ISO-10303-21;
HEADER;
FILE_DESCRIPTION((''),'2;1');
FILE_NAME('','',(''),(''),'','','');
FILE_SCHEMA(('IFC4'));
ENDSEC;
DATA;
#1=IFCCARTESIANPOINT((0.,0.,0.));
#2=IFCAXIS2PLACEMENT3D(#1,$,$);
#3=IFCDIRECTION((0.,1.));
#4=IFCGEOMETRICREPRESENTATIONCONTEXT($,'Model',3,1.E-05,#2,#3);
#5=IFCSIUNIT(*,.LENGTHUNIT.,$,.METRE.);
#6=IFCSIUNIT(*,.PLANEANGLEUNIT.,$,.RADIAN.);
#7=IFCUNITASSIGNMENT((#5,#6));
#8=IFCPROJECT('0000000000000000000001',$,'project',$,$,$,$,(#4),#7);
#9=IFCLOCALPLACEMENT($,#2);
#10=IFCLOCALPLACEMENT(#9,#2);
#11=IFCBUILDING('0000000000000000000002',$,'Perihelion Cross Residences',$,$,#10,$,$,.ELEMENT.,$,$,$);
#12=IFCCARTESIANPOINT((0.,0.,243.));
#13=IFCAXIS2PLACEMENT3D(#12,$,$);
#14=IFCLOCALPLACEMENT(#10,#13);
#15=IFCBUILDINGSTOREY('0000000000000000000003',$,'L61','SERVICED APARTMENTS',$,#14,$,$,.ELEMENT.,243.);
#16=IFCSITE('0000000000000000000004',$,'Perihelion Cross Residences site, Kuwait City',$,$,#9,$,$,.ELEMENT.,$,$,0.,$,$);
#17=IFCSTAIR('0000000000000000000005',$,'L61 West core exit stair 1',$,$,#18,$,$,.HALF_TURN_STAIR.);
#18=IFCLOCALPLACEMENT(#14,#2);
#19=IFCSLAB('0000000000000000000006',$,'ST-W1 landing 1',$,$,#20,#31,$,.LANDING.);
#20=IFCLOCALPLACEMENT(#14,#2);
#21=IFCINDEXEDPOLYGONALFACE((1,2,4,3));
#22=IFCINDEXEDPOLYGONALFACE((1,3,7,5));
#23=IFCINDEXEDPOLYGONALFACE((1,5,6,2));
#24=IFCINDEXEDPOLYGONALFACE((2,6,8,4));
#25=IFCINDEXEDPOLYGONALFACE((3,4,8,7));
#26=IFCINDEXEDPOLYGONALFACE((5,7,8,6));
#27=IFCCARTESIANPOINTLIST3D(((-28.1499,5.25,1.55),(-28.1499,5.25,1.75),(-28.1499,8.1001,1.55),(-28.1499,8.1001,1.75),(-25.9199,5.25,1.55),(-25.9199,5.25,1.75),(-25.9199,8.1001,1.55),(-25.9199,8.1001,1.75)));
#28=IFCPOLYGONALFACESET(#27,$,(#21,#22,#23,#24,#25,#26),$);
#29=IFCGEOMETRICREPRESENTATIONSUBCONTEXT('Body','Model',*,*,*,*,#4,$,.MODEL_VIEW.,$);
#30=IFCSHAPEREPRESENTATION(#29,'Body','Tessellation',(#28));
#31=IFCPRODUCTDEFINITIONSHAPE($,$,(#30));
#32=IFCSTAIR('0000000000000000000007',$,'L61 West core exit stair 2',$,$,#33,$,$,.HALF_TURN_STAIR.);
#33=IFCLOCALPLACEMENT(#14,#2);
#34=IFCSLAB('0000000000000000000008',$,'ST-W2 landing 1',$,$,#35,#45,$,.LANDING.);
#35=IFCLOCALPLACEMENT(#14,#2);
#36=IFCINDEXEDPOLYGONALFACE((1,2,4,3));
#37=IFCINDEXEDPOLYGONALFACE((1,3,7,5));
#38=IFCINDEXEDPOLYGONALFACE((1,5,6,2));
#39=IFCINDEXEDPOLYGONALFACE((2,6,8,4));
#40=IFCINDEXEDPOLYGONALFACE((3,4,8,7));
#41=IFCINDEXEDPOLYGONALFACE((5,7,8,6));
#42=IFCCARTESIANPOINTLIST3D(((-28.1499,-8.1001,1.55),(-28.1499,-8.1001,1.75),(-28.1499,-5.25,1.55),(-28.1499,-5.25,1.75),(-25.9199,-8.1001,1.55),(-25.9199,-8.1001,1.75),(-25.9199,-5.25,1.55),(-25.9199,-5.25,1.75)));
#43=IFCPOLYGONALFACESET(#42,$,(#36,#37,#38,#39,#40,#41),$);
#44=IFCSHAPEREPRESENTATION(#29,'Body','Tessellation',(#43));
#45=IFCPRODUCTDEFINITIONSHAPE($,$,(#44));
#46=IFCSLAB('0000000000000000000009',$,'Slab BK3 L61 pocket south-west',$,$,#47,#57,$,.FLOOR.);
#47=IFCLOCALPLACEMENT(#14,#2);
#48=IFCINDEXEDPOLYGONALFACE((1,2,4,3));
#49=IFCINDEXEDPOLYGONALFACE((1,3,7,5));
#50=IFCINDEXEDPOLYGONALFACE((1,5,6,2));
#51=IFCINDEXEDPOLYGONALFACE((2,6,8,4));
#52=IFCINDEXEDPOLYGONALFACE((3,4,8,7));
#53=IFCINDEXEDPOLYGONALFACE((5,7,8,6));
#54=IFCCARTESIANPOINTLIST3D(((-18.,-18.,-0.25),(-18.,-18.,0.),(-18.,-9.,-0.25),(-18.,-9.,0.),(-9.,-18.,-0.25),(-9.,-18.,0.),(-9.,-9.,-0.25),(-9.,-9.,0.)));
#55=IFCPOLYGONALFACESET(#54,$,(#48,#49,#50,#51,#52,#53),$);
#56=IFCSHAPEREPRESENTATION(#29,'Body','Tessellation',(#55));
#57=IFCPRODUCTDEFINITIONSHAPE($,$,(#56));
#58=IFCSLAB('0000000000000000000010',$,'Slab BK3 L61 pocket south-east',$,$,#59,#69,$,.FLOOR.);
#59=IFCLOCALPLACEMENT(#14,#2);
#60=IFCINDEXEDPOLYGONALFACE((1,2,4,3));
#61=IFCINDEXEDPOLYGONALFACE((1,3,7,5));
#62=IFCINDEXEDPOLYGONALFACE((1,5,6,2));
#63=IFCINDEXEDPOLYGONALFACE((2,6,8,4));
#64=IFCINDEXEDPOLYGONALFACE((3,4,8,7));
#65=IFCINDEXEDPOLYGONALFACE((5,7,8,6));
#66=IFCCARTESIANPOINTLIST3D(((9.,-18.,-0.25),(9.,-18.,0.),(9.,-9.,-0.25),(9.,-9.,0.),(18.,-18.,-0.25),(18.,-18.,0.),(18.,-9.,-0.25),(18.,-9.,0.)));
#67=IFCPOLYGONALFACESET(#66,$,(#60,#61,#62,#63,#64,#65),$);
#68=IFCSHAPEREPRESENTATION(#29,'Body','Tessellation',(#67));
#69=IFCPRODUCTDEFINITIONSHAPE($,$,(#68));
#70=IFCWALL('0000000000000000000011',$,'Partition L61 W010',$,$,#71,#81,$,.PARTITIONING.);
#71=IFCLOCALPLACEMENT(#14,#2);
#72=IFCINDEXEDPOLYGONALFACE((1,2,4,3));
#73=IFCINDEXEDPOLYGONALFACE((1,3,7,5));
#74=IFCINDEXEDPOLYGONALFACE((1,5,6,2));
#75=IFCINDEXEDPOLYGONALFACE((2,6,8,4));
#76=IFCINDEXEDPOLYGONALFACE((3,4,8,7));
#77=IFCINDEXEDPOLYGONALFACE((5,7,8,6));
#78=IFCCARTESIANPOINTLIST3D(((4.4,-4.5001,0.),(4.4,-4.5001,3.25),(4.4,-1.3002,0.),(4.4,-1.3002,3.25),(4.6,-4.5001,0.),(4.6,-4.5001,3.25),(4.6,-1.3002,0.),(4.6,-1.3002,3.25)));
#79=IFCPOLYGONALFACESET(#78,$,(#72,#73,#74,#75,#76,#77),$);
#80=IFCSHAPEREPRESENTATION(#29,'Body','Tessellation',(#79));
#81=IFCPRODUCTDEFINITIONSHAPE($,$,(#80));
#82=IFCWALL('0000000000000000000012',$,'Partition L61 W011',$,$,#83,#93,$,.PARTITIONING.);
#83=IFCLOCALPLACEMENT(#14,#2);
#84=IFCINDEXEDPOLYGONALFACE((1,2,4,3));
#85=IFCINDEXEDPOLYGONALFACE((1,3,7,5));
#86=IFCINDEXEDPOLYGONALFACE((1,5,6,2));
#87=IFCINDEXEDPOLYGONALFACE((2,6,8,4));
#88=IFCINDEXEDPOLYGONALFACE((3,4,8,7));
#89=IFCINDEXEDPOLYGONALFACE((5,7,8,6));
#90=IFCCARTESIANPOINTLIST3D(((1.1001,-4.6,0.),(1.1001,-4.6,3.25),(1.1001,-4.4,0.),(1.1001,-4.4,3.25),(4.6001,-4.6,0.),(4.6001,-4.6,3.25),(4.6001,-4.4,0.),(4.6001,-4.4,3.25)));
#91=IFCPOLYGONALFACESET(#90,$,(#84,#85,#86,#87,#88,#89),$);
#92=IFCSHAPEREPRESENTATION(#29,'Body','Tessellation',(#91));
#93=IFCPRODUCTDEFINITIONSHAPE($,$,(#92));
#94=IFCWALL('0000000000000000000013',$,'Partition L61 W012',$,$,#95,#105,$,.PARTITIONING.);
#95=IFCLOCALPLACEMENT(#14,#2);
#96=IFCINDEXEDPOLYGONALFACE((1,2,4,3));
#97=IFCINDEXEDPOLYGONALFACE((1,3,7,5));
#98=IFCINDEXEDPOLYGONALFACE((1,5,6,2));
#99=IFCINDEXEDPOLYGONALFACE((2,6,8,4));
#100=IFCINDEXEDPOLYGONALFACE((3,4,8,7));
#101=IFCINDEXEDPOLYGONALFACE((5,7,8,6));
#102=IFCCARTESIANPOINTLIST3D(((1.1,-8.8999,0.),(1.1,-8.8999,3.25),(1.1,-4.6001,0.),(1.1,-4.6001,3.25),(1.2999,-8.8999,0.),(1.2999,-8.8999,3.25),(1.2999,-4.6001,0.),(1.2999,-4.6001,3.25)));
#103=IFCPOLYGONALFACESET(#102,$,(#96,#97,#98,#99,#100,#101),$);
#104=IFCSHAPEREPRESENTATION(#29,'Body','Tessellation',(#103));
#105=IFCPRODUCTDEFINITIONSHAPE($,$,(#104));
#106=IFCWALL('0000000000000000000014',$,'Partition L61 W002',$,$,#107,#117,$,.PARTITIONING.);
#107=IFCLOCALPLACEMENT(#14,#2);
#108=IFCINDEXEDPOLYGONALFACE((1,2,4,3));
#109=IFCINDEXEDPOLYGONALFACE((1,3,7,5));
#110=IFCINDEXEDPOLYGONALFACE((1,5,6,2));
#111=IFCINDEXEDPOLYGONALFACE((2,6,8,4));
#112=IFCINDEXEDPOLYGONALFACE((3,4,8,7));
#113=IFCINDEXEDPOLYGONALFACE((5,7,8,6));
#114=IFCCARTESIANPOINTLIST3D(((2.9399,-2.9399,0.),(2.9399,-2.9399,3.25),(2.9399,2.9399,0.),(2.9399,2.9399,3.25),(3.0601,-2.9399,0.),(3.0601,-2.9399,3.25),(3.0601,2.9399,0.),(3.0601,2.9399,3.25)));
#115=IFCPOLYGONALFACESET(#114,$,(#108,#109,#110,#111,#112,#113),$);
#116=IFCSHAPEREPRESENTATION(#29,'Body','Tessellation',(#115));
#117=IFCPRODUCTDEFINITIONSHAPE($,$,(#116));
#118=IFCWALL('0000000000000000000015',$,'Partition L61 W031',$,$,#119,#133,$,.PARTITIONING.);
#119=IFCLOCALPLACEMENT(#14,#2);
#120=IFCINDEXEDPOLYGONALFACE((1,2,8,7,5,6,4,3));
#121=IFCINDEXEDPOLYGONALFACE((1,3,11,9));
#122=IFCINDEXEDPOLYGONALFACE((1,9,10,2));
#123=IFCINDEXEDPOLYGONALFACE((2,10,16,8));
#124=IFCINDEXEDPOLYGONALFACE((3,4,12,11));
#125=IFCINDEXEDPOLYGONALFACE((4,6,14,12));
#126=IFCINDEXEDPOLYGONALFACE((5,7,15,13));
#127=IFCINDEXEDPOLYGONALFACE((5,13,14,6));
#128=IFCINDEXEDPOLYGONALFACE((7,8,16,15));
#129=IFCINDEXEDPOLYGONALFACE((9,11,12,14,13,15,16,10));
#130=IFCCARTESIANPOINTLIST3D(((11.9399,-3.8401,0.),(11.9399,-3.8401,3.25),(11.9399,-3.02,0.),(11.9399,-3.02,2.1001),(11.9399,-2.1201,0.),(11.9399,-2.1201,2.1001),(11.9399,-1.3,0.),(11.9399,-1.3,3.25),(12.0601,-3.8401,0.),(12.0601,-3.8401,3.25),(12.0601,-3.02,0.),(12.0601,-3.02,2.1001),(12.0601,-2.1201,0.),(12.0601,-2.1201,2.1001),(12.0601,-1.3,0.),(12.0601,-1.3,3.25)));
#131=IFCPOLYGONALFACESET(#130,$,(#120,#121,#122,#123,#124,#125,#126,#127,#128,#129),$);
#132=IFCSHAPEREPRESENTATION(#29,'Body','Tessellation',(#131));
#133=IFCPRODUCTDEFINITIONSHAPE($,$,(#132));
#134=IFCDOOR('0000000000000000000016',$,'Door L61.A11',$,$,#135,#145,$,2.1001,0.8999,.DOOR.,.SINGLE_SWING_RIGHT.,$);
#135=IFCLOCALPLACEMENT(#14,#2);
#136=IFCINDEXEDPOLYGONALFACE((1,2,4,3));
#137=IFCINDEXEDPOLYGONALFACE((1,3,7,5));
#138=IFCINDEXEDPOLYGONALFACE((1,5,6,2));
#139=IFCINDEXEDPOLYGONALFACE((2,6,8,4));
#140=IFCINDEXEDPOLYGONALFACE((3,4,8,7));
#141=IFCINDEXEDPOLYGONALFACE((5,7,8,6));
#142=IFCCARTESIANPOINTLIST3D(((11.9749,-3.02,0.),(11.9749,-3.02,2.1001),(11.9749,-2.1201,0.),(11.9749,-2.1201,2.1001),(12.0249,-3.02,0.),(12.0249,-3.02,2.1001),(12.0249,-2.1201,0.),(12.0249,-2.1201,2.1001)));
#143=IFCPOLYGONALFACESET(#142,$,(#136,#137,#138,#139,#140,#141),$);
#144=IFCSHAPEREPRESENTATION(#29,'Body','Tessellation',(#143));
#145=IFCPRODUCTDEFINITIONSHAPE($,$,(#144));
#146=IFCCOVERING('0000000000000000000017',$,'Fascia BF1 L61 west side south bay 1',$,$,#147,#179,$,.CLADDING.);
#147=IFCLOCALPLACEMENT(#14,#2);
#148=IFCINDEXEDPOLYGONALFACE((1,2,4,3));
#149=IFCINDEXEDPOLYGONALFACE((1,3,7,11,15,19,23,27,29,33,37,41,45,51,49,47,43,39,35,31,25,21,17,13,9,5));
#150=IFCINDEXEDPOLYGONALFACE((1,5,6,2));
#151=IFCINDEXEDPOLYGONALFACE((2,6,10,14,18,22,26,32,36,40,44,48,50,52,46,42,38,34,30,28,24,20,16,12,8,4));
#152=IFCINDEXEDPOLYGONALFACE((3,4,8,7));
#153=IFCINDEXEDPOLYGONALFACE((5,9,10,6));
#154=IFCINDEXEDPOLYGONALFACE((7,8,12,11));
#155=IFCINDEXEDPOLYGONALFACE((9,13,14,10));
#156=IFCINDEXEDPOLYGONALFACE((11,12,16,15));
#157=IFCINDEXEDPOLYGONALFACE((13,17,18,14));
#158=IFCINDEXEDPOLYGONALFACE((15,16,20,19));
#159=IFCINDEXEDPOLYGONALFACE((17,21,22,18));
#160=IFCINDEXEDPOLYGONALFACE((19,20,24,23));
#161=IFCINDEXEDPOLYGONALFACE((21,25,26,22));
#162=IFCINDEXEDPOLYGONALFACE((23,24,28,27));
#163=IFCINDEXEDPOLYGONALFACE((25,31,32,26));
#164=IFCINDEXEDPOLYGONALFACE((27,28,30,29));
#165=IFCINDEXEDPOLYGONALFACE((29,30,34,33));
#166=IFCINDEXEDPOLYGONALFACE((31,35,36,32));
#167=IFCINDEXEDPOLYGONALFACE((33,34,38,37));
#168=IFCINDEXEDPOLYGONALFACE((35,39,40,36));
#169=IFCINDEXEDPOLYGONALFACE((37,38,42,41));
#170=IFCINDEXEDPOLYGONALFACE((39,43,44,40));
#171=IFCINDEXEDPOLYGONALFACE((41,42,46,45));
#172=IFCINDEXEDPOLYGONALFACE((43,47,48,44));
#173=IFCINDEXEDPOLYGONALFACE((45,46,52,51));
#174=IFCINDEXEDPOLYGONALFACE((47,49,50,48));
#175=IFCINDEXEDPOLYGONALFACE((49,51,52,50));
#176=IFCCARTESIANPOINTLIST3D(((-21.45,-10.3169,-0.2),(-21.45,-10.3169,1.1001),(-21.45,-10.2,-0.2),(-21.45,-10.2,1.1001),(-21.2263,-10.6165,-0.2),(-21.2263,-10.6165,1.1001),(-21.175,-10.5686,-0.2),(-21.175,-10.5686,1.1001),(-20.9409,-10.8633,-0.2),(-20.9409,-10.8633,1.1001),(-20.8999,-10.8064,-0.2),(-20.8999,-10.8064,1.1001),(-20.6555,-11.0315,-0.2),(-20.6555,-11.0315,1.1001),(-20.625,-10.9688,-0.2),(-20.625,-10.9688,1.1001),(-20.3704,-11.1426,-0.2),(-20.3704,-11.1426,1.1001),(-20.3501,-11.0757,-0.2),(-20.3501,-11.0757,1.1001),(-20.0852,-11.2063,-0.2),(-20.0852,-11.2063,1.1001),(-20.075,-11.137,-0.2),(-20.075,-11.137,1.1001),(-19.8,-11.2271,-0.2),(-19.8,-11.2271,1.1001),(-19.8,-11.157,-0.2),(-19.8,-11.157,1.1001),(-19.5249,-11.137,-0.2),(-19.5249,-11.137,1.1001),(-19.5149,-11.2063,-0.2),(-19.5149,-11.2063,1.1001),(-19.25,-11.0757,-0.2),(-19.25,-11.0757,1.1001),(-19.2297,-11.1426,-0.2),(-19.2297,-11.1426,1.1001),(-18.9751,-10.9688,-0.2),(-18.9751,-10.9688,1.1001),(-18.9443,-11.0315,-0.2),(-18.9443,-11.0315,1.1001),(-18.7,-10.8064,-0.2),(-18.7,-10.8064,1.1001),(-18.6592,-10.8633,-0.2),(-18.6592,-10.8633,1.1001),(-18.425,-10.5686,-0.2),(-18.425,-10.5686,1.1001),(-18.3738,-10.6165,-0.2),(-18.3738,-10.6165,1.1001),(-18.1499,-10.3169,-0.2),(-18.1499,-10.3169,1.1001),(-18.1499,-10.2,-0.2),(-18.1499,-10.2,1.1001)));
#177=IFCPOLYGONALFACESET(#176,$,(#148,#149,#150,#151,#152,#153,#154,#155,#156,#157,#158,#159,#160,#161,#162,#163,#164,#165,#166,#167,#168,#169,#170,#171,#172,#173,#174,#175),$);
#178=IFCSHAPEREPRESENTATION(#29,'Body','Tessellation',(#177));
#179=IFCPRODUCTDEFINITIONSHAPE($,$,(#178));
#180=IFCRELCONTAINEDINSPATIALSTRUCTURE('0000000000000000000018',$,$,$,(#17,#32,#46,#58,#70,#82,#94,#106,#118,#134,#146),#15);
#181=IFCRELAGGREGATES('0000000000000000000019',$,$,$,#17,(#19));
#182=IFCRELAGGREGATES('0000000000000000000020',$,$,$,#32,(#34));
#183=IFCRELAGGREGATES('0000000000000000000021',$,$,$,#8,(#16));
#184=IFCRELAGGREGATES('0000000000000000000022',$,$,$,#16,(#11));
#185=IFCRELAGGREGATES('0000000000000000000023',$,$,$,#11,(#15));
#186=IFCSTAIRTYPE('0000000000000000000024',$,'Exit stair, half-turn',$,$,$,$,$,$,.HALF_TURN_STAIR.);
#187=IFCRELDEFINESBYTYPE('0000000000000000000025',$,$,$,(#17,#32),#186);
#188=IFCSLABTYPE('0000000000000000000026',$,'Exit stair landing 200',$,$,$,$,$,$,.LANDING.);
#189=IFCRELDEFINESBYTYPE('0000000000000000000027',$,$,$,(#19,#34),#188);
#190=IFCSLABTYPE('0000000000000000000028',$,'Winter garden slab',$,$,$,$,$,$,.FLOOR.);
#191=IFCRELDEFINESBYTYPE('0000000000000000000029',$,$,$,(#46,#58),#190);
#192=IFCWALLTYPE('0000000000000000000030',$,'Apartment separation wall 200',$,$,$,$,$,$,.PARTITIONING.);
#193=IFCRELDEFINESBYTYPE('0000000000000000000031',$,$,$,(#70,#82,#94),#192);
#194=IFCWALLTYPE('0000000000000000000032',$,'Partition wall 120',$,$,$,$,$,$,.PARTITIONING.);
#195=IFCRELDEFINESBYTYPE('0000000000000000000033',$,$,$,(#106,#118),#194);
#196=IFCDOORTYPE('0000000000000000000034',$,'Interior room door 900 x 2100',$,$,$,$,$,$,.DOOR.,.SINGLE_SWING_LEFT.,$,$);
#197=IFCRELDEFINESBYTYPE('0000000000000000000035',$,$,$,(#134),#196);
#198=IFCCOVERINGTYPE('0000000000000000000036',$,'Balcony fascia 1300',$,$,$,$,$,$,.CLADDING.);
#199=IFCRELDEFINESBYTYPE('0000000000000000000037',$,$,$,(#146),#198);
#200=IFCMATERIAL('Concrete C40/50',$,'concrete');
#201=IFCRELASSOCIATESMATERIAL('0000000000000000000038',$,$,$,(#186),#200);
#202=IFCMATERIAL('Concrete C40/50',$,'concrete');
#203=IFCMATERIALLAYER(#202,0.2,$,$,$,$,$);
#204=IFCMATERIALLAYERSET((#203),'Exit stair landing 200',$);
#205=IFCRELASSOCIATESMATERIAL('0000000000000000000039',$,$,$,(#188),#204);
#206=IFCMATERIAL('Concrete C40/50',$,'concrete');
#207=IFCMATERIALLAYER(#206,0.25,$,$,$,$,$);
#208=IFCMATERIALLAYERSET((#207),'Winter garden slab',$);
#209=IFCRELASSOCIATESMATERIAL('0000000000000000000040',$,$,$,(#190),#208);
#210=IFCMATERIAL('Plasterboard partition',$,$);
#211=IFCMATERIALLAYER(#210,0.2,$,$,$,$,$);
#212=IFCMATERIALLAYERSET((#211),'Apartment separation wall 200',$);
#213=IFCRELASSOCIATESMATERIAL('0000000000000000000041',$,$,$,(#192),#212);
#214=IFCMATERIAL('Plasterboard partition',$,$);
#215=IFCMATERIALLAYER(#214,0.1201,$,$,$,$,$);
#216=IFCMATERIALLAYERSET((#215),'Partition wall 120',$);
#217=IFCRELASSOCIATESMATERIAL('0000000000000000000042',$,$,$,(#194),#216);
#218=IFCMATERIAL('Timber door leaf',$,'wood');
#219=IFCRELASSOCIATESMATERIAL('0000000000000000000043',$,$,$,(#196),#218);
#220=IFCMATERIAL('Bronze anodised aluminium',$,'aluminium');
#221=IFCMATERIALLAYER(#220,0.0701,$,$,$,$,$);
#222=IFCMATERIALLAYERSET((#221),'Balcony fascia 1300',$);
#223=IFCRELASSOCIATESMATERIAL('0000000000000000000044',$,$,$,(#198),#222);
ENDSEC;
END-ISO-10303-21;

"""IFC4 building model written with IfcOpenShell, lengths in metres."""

from ifc_helpers import new_model, si_unit, direction, frame, frame_2d, origin, place, context, subcontext, project, spatial, polyline, rectangle, outline, extrude, material, layer, layer_set, type_object, element, fill, aggregate, save


model = new_model("IFC4")

# Units and contexts
model_context = context("Model", 3, precision=1e-05, world=origin(), true_north=direction((0.0, 1.0)))
body_context = subcontext(model_context, "Body", "Model", "MODEL_VIEW")
ifc_project = project(units=[si_unit("LENGTHUNIT", "METRE"), si_unit("PLANEANGLEUNIT", "RADIAN")], contexts=[model_context])

# Site, building, storey
site_placement = place(None, origin())
site = spatial("IfcSite", under=ifc_project, at=site_placement, Name="Perihelion Cross Residences site, Kuwait City", CompositionType="ELEMENT", RefElevation=0.0)
building_placement = place(site_placement, origin())
building = spatial("IfcBuilding", under=site, at=building_placement, Name="Perihelion Cross Residences", CompositionType="ELEMENT")
storey_placement = place(building_placement, frame((0.0, 0.0, 243.0)))
storey = spatial("IfcBuildingStorey", under=building, at=storey_placement, Name="L61", Description="SERVICED APARTMENTS", CompositionType="ELEMENT", Elevation=243.0)

# Stairs, slabs
ifc_material_1 = material(Name="Concrete C40/50", Category="concrete")
stair_type = type_object("IfcStairType", Name="Exit stair, half-turn", PredefinedType="HALF_TURN_STAIR", material=ifc_material_1)
ifc_material_2 = material(Name="Concrete C40/50", Category="concrete")
ifc_layer_1 = layer(ifc_material_2, 0.2)
ifc_layer_set_1 = layer_set([ifc_layer_1], Name="Exit stair landing 200")
slab_type_1 = type_object("IfcSlabType", Name="Exit stair landing 200", PredefinedType="LANDING", material=ifc_layer_set_1)
stair_1_placement = place(storey_placement, origin())
stair_1 = element("IfcStair", 1, at=stair_1_placement, inside=storey, type_object=stair_type, Name="L61 West core exit stair 1", PredefinedType="HALF_TURN_STAIR")
slab_1_placement = place(storey_placement, frame((0.0, 0.0, 1.55)))
slab_1 = element("IfcSlab", 2, at=slab_1_placement, type_object=slab_type_1, Name="ST-W1 landing 1", PredefinedType="LANDING", context=body_context, shape_type="SweptSolid", body=[
    extrude(outline(polyline([(-25.9199, 8.1001), (-28.1499, 8.1001), (-28.1499, 5.25), (-25.9199, 5.25), (-25.9199, 8.1001)])), origin(), (0.0, 0.0, 1.0), 0.2),
])
aggregate(stair_1, [slab_1])
stair_2_placement = place(storey_placement, origin())
stair_2 = element("IfcStair", 3, at=stair_2_placement, inside=storey, type_object=stair_type, Name="L61 West core exit stair 2", PredefinedType="HALF_TURN_STAIR")
slab_2_placement = place(storey_placement, frame((0.0, 0.0, 1.55)))
slab_2 = element("IfcSlab", 4, at=slab_2_placement, type_object=slab_type_1, Name="ST-W2 landing 1", PredefinedType="LANDING", context=body_context, shape_type="SweptSolid", body=[
    extrude(outline(polyline([(-25.9199, -5.25), (-28.1499, -5.25), (-28.1499, -8.1001), (-25.9199, -8.1001), (-25.9199, -5.25)])), origin(), (0.0, 0.0, 1.0), 0.2),
])
aggregate(stair_2, [slab_2])

# Slabs
ifc_material_3 = material(Name="Concrete C40/50", Category="concrete")
ifc_layer_2 = layer(ifc_material_3, 0.25)
ifc_layer_set_2 = layer_set([ifc_layer_2], Name="Winter garden slab")
slab_type_2 = type_object("IfcSlabType", Name="Winter garden slab", PredefinedType="FLOOR", material=ifc_layer_set_2)
slab_3_placement = place(storey_placement, frame((0.0, 0.0, -0.25)))
element("IfcSlab", 5, at=slab_3_placement, inside=storey, type_object=slab_type_2, Name="Slab BK3 L61 pocket south-west", PredefinedType="FLOOR", context=body_context, shape_type="SweptSolid", body=[
    extrude(outline(polyline([(-9.0, -18.0), (-9.0, -9.0), (-18.0, -9.0), (-18.0, -18.0), (-9.0, -18.0)])), origin(), (0.0, 0.0, 1.0), 0.25),
])
slab_4_placement = place(storey_placement, frame((0.0, 0.0, -0.25)))
element("IfcSlab", 6, at=slab_4_placement, inside=storey, type_object=slab_type_2, Name="Slab BK3 L61 pocket south-east", PredefinedType="FLOOR", context=body_context, shape_type="SweptSolid", body=[
    extrude(outline(polyline([(18.0, -18.0), (18.0, -9.0), (9.0, -9.0), (9.0, -18.0), (18.0, -18.0)])), origin(), (0.0, 0.0, 1.0), 0.25),
])

# Walls
ifc_material_4 = material(Name="Plasterboard partition")
ifc_layer_3 = layer(ifc_material_4, 0.2)
ifc_layer_set_3 = layer_set([ifc_layer_3], Name="Apartment separation wall 200")
wall_type_1 = type_object("IfcWallType", Name="Apartment separation wall 200", PredefinedType="PARTITIONING", material=ifc_layer_set_3)
wall_1_placement = place(storey_placement, frame((4.5, -1.3, 0.0), z_axis=(0.0, 0.0, 1.0), x_axis=(0.0, -1.0, 0.0)))
element("IfcWall", 7, at=wall_1_placement, inside=storey, type_object=wall_type_1, Name="Partition L61 W010", PredefinedType="PARTITIONING", context=body_context, shape_type="SweptSolid", body=[
    extrude(rectangle(XDim=3.2, YDim=0.2, at=frame_2d((1.6001, 0.0))), origin(), (0.0, 0.0, 1.0), 3.25),
])
wall_2_placement = place(storey_placement, frame((4.6001, -4.5, 0.0), z_axis=(0.0, 0.0, 1.0), x_axis=(-1.0, 0.0, 0.0)))
element("IfcWall", 8, at=wall_2_placement, inside=storey, type_object=wall_type_1, Name="Partition L61 W011", PredefinedType="PARTITIONING", context=body_context, shape_type="SweptSolid", body=[
    extrude(rectangle(XDim=3.5, YDim=0.2, at=frame_2d((1.75, 0.0))), origin(), (0.0, 0.0, 1.0), 3.25),
])
wall_3_placement = place(storey_placement, frame((1.2, -4.6001, 0.0), z_axis=(0.0, 0.0, 1.0), x_axis=(0.0, -1.0, 0.0)))
element("IfcWall", 9, at=wall_3_placement, inside=storey, type_object=wall_type_1, Name="Partition L61 W012", PredefinedType="PARTITIONING", context=body_context, shape_type="SweptSolid", body=[
    extrude(rectangle(XDim=4.2998, YDim=0.2, at=frame_2d((2.1499, 0.0))), origin(), (0.0, 0.0, 1.0), 3.25),
])
ifc_material_5 = material(Name="Plasterboard partition")
ifc_layer_4 = layer(ifc_material_5, 0.1201)
ifc_layer_set_4 = layer_set([ifc_layer_4], Name="Partition wall 120")
wall_type_2 = type_object("IfcWallType", Name="Partition wall 120", PredefinedType="PARTITIONING", material=ifc_layer_set_4)
wall_4_placement = place(storey_placement, frame((3.0, -2.9399, 0.0), z_axis=(0.0, 0.0, 1.0), x_axis=(0.0, 1.0, 0.0)))
element("IfcWall", 10, at=wall_4_placement, inside=storey, type_object=wall_type_2, Name="Partition L61 W002", PredefinedType="PARTITIONING", context=body_context, shape_type="SweptSolid", body=[
    extrude(rectangle(XDim=5.8799, YDim=0.1201, at=frame_2d((2.9399, 0.0))), origin(), (0.0, 0.0, 1.0), 3.25),
])

# Wall, opening, door
wall_5_placement = place(storey_placement, frame((12.0, -1.3, 0.0), z_axis=(0.0, 0.0, 1.0), x_axis=(0.0, -1.0, 0.0)))
wall_5 = element("IfcWall", 11, at=wall_5_placement, inside=storey, type_object=wall_type_2, Name="Partition L61 W031", PredefinedType="PARTITIONING", context=body_context, shape_type="SweptSolid", body=[
    extrude(rectangle(XDim=2.54, YDim=0.1201, at=frame_2d((1.27, 0.0))), origin(), (0.0, 0.0, 1.0), 3.25),
])
opening_placement = place(wall_5_placement, frame((0.8201, 0.0, 0.0)))
opening = element("IfcOpeningElement", 12, at=opening_placement, cuts=wall_5, PredefinedType="OPENING", context=body_context, shape_type="SweptSolid", body=[
    extrude(rectangle(XDim=0.8999, YDim=2.1001, at=frame_2d((0.45, 1.05))), frame((0.0, 0.0701, 0.0), z_axis=(0.0, -1.0, 0.0), x_axis=(1.0, 0.0, 0.0)), (0.0, 0.0, 1.0), 0.1401),
])
ifc_material_6 = material(Name="Timber door leaf", Category="wood")
door_type = type_object("IfcDoorType", Name="Interior room door 900 x 2100", OperationType="SINGLE_SWING_LEFT", PredefinedType="DOOR", material=ifc_material_6)
door_placement = place(opening_placement, origin())
door = element("IfcDoor", 13, at=door_placement, inside=storey, type_object=door_type, Name="Door L61.A11", OperationType="SINGLE_SWING_RIGHT", OverallHeight=2.1001, OverallWidth=0.8999, PredefinedType="DOOR", context=body_context, shape_type="SweptSolid", body=[
    extrude(rectangle(XDim=0.8999, YDim=2.1001, at=frame_2d((0.45, 1.05))), frame((0.0, 0.0249, 0.0), z_axis=(0.0, -1.0, 0.0), x_axis=(1.0, 0.0, 0.0)), (0.0, 0.0, 1.0), 0.05),
])
fill(opening, door)

# Covering
ifc_material_7 = material(Name="Bronze anodised aluminium", Category="aluminium")
ifc_layer_5 = layer(ifc_material_7, 0.0701)
ifc_layer_set_5 = layer_set([ifc_layer_5], Name="Balcony fascia 1300")
covering_type = type_object("IfcCoveringType", Name="Balcony fascia 1300", PredefinedType="CLADDING", material=ifc_layer_set_5)
covering_1_placement = place(storey_placement, frame((0.0, 0.0, -0.2)))
element("IfcCovering", 14, at=covering_1_placement, inside=storey, type_object=covering_type, Name="Fascia BF1 L61 west side south bay 1", PredefinedType="CLADDING", context=body_context, shape_type="SweptSolid", body=[
    extrude(outline(polyline([(-21.2263, -10.6165), (-20.9409, -10.8633), (-20.6555, -11.0315), (-20.3704, -11.1426), (-20.0852, -11.2063), (-19.8, -11.2271), (-19.5149, -11.2063), (-19.2297, -11.1426), (-18.9443, -11.0315), (-18.6592, -10.8633), (-18.3738, -10.6165), (-18.1499, -10.3169), (-18.1499, -10.2), (-18.425, -10.5686), (-18.7, -10.8064), (-18.9751, -10.9688), (-19.25, -11.0757), (-19.5249, -11.137), (-19.8, -11.157), (-20.075, -11.137), (-20.3501, -11.0757), (-20.625, -10.9688), (-20.8999, -10.8064), (-21.175, -10.5686), (-21.45, -10.2), (-21.45, -10.3169), (-21.2263, -10.6165)])), origin(), (0.0, 0.0, 1.0), 1.3),
])

save(model, "model.ifc")
